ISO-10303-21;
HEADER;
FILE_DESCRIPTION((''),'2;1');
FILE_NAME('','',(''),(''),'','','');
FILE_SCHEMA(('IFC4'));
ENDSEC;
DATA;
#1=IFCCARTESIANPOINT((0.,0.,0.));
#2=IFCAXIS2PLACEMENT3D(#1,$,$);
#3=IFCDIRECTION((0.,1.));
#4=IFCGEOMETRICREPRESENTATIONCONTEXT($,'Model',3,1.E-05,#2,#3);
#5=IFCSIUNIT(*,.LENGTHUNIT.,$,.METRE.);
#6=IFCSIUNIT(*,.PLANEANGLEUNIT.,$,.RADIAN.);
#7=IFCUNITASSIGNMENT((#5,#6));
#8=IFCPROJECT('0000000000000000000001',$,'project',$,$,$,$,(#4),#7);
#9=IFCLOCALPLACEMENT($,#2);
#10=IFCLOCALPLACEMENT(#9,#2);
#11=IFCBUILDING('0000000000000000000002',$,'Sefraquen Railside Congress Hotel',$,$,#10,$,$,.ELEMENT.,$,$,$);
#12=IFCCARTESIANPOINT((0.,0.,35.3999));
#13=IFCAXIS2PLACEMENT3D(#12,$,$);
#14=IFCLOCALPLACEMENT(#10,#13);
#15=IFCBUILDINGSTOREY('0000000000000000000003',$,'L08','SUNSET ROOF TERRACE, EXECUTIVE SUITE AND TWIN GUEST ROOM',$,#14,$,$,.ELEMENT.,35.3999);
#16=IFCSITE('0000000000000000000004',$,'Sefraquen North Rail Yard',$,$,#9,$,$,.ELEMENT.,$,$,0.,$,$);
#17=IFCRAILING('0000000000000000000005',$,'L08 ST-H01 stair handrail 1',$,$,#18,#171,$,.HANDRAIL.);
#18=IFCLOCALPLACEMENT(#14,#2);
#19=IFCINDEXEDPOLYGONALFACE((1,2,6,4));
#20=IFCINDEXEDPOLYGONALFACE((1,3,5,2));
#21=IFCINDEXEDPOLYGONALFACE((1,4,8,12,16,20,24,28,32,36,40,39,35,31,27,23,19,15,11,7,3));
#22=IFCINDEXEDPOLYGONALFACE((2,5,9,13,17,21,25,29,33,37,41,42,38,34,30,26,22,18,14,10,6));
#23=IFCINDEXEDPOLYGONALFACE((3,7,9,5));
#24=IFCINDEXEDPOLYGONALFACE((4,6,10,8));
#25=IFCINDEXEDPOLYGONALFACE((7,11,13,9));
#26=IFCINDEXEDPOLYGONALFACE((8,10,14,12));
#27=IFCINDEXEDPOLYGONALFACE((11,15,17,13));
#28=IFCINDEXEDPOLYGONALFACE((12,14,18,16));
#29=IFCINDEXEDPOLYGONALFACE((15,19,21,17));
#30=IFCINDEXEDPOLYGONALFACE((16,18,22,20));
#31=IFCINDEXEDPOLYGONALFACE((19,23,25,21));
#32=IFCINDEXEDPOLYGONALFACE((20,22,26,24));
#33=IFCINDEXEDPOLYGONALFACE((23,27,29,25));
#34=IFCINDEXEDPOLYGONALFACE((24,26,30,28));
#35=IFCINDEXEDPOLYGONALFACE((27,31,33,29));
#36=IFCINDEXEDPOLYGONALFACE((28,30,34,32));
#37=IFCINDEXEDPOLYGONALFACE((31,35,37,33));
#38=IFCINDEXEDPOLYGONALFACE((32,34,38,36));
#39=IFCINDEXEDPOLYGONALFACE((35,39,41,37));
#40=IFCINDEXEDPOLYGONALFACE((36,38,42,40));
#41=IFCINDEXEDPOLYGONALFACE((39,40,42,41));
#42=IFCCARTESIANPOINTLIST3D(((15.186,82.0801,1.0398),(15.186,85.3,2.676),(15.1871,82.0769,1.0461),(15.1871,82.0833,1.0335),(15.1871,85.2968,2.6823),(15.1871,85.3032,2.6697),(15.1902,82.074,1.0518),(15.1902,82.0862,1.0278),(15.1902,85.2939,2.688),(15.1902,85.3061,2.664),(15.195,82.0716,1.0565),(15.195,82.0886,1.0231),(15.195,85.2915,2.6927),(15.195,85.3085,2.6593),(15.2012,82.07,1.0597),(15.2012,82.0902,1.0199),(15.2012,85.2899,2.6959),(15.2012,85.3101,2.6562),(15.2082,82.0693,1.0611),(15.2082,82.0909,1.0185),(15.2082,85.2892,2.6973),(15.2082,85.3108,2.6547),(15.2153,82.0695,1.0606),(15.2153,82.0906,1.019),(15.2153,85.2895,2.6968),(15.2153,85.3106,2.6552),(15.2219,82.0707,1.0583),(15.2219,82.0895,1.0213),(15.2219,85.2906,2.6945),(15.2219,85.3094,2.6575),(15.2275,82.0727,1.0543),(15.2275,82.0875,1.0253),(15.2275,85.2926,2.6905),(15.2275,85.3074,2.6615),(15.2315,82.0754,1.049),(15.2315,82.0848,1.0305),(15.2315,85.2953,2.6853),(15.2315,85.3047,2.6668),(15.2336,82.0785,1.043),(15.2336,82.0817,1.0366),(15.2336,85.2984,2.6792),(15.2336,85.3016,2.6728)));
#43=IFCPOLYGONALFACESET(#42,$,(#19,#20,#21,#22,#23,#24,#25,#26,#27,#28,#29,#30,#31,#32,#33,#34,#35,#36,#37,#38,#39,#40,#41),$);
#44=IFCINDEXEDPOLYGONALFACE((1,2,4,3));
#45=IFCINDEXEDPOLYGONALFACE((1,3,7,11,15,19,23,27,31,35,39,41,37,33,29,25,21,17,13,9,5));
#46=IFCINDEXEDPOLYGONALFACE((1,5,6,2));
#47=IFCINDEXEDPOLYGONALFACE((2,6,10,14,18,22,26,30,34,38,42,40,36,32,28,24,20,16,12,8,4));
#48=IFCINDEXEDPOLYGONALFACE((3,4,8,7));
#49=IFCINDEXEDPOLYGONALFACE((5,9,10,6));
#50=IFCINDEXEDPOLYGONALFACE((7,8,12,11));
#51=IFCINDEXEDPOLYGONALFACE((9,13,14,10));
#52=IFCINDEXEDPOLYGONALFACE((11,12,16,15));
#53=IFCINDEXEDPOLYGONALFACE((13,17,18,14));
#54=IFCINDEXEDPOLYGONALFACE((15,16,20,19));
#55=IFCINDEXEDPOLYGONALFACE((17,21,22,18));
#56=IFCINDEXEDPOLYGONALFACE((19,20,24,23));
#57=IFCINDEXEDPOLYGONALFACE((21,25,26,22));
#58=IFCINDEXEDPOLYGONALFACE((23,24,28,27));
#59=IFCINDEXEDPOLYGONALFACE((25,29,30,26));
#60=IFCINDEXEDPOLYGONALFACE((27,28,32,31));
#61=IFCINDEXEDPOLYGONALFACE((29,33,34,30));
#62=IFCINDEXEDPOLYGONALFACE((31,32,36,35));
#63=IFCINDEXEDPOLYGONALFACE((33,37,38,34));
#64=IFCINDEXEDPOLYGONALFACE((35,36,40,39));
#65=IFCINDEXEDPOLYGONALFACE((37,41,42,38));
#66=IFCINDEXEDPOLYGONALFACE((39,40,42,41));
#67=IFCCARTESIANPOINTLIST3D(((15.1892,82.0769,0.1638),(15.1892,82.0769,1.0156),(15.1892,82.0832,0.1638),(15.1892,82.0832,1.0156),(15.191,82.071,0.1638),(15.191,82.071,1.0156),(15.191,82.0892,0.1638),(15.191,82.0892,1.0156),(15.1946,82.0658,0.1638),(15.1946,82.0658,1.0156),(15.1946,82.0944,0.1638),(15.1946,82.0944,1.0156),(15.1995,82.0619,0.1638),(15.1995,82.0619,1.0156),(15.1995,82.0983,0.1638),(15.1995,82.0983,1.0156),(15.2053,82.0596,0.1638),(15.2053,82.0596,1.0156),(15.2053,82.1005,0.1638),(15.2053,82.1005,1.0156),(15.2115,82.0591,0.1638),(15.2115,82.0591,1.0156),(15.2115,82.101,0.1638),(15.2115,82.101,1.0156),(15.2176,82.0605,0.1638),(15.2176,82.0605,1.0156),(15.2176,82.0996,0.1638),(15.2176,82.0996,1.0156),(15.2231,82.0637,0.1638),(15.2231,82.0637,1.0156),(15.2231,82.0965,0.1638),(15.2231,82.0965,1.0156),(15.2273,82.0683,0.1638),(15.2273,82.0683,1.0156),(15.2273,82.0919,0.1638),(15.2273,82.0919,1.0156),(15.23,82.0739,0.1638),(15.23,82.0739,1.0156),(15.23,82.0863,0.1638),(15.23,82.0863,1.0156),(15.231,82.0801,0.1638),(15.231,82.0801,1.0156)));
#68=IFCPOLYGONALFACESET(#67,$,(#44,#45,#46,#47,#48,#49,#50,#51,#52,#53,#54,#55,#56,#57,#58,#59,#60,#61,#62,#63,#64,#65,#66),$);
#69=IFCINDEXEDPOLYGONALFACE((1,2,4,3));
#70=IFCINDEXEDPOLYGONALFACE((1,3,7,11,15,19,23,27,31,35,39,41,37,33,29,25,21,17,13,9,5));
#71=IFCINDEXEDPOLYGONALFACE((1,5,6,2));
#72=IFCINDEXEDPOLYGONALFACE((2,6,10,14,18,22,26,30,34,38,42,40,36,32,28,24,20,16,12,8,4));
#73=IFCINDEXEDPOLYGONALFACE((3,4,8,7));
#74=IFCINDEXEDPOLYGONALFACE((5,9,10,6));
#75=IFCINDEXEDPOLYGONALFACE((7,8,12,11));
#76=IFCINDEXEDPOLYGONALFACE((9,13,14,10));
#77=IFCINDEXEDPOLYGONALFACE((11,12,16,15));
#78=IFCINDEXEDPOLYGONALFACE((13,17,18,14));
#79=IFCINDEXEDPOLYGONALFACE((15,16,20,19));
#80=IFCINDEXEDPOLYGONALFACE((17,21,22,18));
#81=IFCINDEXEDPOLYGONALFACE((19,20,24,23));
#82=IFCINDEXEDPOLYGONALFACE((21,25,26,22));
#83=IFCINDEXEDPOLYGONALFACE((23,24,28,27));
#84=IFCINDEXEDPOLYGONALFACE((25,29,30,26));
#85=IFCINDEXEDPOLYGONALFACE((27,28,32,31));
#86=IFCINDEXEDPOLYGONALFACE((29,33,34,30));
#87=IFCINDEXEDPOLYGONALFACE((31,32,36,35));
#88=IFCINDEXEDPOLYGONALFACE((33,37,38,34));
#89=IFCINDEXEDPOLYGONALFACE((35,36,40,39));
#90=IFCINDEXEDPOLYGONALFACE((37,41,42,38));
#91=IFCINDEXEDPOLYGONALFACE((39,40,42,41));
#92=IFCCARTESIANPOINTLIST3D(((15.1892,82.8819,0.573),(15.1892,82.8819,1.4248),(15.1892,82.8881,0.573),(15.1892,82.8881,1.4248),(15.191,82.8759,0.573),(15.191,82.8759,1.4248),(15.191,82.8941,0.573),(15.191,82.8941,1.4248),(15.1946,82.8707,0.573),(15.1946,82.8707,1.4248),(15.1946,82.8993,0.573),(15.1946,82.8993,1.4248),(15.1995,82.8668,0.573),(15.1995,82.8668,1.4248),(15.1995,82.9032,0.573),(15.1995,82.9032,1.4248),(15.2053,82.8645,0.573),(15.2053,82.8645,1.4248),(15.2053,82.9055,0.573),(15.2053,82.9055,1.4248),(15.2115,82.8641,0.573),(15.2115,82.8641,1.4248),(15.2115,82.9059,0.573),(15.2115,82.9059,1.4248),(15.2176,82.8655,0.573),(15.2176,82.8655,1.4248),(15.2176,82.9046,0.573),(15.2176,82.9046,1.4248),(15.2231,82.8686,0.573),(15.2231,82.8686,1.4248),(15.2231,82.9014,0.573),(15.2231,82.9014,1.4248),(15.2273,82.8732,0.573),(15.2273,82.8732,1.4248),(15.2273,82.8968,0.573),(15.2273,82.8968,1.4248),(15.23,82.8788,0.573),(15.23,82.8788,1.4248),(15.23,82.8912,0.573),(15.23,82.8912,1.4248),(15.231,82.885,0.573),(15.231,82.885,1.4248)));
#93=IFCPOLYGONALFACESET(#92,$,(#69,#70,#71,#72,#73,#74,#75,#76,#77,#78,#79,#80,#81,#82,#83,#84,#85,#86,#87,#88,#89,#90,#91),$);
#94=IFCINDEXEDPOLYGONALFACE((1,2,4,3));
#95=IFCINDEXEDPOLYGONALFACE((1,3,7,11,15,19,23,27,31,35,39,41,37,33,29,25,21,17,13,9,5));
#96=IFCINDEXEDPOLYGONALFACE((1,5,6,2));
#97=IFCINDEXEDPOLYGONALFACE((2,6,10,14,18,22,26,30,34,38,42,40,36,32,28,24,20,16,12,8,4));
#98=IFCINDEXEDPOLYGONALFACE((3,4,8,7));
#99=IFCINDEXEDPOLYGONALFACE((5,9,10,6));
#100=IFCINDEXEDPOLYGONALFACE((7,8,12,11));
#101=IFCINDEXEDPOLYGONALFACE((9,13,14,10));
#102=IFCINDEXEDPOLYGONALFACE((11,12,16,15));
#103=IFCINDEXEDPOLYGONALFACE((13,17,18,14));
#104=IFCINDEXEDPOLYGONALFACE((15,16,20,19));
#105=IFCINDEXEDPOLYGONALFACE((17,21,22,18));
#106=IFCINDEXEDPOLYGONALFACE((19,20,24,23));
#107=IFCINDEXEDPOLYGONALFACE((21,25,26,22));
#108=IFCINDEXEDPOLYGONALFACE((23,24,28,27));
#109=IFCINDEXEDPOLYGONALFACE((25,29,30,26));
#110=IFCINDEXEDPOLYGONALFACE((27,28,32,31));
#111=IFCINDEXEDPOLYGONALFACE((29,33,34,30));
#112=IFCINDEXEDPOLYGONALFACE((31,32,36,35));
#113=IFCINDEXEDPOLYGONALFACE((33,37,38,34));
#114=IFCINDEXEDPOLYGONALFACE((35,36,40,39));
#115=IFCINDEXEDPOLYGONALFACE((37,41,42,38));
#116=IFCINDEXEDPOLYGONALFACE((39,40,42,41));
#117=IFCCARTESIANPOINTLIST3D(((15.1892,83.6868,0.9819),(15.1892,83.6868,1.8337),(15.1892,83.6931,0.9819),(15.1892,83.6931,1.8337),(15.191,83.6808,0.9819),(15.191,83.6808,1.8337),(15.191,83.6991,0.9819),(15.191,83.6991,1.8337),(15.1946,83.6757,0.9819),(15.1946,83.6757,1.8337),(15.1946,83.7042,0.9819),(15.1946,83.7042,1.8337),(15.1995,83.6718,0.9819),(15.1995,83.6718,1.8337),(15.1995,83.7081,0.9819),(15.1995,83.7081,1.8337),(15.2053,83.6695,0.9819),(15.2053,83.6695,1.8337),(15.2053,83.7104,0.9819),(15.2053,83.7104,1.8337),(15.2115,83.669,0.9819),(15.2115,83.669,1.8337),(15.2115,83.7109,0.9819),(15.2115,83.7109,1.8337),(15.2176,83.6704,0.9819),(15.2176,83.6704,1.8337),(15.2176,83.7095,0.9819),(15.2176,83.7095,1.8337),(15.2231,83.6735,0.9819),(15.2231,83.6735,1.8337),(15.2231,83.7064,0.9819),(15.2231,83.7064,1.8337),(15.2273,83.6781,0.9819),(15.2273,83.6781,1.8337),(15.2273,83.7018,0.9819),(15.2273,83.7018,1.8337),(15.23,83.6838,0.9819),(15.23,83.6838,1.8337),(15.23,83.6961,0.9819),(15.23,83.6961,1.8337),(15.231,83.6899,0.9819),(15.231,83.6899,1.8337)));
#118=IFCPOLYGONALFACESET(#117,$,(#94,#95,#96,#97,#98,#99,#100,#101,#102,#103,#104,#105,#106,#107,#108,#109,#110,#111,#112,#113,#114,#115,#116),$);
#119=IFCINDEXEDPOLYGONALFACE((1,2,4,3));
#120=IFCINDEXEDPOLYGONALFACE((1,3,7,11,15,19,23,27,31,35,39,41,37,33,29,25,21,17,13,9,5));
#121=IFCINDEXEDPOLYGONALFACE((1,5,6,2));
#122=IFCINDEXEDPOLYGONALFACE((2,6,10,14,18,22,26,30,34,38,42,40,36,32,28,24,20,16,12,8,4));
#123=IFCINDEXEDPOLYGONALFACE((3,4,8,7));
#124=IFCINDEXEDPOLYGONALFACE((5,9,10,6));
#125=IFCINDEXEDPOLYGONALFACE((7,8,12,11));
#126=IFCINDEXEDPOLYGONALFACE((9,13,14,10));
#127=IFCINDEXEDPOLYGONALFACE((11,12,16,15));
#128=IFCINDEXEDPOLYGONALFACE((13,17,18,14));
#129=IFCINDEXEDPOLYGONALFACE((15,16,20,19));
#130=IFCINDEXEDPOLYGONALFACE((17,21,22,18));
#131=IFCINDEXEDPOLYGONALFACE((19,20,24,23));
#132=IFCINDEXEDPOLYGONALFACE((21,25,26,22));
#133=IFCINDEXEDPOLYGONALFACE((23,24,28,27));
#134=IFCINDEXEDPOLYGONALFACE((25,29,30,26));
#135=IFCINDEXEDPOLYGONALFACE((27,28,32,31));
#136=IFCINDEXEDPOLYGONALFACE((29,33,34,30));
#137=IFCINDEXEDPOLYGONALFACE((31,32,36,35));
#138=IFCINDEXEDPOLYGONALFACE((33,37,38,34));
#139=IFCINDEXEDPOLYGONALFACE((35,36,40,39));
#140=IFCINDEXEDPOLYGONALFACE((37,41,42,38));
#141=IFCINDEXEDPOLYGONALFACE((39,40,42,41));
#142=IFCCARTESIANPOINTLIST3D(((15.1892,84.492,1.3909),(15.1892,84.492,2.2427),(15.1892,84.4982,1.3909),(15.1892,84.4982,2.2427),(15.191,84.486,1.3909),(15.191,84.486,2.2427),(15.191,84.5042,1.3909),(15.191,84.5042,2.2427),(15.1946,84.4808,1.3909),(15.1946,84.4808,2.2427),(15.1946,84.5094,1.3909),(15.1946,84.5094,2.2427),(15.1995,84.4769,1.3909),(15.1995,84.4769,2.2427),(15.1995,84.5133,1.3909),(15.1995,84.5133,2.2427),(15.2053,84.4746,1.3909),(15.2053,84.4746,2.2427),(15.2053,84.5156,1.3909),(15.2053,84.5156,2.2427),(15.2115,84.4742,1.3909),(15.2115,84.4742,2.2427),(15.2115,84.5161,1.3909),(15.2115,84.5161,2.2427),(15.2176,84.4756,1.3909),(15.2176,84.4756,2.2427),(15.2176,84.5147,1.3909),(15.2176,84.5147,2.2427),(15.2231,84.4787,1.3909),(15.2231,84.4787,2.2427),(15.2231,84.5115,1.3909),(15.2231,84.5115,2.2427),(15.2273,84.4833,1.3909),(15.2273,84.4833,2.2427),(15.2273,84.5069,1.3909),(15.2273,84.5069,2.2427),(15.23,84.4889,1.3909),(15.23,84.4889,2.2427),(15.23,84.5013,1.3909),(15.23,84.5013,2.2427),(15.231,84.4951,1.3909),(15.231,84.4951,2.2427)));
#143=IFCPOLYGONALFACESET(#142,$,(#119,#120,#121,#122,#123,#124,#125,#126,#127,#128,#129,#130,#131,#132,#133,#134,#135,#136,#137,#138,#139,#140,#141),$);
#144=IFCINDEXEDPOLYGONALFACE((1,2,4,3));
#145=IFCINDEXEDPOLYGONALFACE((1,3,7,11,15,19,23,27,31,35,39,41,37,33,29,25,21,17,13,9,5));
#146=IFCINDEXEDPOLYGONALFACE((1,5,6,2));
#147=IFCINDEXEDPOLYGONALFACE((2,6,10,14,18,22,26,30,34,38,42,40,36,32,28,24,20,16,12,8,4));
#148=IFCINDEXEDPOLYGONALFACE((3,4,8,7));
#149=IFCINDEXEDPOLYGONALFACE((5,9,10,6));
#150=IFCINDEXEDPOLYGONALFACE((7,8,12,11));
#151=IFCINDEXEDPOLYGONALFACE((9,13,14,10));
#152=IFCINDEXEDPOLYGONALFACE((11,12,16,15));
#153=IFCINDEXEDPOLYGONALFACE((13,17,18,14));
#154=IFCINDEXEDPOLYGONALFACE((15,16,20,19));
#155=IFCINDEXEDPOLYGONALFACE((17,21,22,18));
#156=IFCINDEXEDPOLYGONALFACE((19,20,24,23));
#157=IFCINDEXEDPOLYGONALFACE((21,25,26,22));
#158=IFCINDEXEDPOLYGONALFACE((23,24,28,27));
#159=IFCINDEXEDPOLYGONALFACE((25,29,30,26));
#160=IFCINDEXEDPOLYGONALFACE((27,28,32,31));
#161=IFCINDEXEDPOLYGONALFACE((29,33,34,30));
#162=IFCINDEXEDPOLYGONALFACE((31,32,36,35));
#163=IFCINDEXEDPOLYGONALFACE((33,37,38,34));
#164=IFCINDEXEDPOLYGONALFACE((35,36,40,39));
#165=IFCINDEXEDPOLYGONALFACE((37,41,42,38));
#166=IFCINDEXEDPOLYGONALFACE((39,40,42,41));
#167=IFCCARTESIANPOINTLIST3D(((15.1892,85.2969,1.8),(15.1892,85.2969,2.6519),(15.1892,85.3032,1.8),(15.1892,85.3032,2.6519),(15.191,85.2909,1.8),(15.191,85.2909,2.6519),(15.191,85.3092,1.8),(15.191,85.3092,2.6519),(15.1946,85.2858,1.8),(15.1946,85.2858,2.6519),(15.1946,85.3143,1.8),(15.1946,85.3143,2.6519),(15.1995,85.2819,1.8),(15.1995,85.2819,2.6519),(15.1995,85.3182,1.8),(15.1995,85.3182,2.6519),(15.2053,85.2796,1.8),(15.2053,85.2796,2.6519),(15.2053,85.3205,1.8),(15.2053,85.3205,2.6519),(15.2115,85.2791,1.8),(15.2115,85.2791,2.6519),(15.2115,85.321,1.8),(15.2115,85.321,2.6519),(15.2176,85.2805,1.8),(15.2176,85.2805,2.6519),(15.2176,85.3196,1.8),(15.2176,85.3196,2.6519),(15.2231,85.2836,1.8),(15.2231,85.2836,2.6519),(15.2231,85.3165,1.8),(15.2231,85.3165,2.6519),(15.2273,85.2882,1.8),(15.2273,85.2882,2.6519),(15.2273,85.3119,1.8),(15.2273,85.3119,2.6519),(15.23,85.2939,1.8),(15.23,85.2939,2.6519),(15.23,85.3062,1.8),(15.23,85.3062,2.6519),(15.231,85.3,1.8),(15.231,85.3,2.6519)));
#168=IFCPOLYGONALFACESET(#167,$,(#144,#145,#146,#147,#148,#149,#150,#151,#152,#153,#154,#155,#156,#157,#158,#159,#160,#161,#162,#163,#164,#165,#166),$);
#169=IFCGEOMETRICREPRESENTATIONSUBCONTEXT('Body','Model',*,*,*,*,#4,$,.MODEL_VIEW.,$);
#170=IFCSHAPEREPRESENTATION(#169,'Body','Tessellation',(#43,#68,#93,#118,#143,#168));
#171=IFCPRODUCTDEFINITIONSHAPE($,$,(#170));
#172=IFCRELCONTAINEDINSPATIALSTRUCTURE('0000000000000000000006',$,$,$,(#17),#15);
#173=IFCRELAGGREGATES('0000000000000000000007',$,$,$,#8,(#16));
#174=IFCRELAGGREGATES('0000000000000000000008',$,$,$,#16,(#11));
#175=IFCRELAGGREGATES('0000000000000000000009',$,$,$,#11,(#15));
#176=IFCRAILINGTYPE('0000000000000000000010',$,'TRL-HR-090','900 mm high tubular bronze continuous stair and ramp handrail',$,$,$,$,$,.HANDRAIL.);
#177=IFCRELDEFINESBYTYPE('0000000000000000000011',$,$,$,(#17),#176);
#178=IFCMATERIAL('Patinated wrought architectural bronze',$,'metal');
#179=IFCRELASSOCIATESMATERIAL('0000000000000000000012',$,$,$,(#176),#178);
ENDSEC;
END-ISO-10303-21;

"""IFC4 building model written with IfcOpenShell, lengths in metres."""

from ifc_helpers import new_model, si_unit, direction, frame, origin, origin_2d, place, context, subcontext, project, spatial, circle, extrude, material, type_object, element, save


model = new_model("IFC4")

# Units and contexts
model_context = context("Model", 3, precision=1e-05, world=origin(), true_north=direction((0.0, 1.0)))
body_context = subcontext(model_context, "Body", "Model", "MODEL_VIEW")
ifc_project = project(units=[si_unit("LENGTHUNIT", "METRE"), si_unit("PLANEANGLEUNIT", "RADIAN")], contexts=[model_context])

# Site, building, storey
site_placement = place(None, origin())
site = spatial("IfcSite", under=ifc_project, at=site_placement, Name="Sefraquen North Rail Yard", CompositionType="ELEMENT", RefElevation=0.0)
building_placement = place(site_placement, origin())
building = spatial("IfcBuilding", under=site, at=building_placement, Name="Sefraquen Railside Congress Hotel", CompositionType="ELEMENT")
storey_placement = place(building_placement, frame((0.0, 0.0, 35.3999)))
storey = spatial("IfcBuildingStorey", under=building, at=storey_placement, Name="L08", Description="SUNSET ROOF TERRACE, EXECUTIVE SUITE AND TWIN GUEST ROOM", CompositionType="ELEMENT", Elevation=35.3999)

# Railing
ifc_material_1 = material(Name="Patinated wrought architectural bronze", Category="metal")
railing_type = type_object("IfcRailingType", Name="TRL-HR-090", Description="900 mm high tubular bronze continuous stair and ramp handrail", PredefinedType="HANDRAIL", material=ifc_material_1)
railing_placement = place(storey_placement, frame((15.21, 82.0801, 0.1638)))
element("IfcRailing", 1, at=railing_placement, inside=storey, type_object=railing_type, Name="L08 ST-H01 stair handrail 1", PredefinedType="HANDRAIL", context=body_context, shape_type="SweptSolid", body=[
    extrude(circle(Radius=0.0239, at=origin_2d()), frame((0.0, 0.0, 0.876), z_axis=(0.0, 0.891502, 0.453017), x_axis=(-1.0, 0.0, 0.0)), (0.0, 0.0, 1.0), 3.6118),
    extrude(circle(Radius=0.021, at=origin_2d()), origin(), (0.0, 0.0, 1.0), 0.8518),
    extrude(circle(Radius=0.021, at=origin_2d()), frame((0.0, 0.8049, 0.4092)), (0.0, 0.0, 1.0), 0.8518),
    extrude(circle(Radius=0.021, at=origin_2d()), frame((0.0, 1.6099, 0.8181)), (0.0, 0.0, 1.0), 0.8518),
    extrude(circle(Radius=0.021, at=origin_2d()), frame((0.0, 2.415, 1.2271)), (0.0, 0.0, 1.0), 0.8518),
    extrude(circle(Radius=0.021, at=origin_2d()), frame((0.0, 3.22, 1.6362)), (0.0, 0.0, 1.0), 0.8518),
])

save(model, "model.ifc")
